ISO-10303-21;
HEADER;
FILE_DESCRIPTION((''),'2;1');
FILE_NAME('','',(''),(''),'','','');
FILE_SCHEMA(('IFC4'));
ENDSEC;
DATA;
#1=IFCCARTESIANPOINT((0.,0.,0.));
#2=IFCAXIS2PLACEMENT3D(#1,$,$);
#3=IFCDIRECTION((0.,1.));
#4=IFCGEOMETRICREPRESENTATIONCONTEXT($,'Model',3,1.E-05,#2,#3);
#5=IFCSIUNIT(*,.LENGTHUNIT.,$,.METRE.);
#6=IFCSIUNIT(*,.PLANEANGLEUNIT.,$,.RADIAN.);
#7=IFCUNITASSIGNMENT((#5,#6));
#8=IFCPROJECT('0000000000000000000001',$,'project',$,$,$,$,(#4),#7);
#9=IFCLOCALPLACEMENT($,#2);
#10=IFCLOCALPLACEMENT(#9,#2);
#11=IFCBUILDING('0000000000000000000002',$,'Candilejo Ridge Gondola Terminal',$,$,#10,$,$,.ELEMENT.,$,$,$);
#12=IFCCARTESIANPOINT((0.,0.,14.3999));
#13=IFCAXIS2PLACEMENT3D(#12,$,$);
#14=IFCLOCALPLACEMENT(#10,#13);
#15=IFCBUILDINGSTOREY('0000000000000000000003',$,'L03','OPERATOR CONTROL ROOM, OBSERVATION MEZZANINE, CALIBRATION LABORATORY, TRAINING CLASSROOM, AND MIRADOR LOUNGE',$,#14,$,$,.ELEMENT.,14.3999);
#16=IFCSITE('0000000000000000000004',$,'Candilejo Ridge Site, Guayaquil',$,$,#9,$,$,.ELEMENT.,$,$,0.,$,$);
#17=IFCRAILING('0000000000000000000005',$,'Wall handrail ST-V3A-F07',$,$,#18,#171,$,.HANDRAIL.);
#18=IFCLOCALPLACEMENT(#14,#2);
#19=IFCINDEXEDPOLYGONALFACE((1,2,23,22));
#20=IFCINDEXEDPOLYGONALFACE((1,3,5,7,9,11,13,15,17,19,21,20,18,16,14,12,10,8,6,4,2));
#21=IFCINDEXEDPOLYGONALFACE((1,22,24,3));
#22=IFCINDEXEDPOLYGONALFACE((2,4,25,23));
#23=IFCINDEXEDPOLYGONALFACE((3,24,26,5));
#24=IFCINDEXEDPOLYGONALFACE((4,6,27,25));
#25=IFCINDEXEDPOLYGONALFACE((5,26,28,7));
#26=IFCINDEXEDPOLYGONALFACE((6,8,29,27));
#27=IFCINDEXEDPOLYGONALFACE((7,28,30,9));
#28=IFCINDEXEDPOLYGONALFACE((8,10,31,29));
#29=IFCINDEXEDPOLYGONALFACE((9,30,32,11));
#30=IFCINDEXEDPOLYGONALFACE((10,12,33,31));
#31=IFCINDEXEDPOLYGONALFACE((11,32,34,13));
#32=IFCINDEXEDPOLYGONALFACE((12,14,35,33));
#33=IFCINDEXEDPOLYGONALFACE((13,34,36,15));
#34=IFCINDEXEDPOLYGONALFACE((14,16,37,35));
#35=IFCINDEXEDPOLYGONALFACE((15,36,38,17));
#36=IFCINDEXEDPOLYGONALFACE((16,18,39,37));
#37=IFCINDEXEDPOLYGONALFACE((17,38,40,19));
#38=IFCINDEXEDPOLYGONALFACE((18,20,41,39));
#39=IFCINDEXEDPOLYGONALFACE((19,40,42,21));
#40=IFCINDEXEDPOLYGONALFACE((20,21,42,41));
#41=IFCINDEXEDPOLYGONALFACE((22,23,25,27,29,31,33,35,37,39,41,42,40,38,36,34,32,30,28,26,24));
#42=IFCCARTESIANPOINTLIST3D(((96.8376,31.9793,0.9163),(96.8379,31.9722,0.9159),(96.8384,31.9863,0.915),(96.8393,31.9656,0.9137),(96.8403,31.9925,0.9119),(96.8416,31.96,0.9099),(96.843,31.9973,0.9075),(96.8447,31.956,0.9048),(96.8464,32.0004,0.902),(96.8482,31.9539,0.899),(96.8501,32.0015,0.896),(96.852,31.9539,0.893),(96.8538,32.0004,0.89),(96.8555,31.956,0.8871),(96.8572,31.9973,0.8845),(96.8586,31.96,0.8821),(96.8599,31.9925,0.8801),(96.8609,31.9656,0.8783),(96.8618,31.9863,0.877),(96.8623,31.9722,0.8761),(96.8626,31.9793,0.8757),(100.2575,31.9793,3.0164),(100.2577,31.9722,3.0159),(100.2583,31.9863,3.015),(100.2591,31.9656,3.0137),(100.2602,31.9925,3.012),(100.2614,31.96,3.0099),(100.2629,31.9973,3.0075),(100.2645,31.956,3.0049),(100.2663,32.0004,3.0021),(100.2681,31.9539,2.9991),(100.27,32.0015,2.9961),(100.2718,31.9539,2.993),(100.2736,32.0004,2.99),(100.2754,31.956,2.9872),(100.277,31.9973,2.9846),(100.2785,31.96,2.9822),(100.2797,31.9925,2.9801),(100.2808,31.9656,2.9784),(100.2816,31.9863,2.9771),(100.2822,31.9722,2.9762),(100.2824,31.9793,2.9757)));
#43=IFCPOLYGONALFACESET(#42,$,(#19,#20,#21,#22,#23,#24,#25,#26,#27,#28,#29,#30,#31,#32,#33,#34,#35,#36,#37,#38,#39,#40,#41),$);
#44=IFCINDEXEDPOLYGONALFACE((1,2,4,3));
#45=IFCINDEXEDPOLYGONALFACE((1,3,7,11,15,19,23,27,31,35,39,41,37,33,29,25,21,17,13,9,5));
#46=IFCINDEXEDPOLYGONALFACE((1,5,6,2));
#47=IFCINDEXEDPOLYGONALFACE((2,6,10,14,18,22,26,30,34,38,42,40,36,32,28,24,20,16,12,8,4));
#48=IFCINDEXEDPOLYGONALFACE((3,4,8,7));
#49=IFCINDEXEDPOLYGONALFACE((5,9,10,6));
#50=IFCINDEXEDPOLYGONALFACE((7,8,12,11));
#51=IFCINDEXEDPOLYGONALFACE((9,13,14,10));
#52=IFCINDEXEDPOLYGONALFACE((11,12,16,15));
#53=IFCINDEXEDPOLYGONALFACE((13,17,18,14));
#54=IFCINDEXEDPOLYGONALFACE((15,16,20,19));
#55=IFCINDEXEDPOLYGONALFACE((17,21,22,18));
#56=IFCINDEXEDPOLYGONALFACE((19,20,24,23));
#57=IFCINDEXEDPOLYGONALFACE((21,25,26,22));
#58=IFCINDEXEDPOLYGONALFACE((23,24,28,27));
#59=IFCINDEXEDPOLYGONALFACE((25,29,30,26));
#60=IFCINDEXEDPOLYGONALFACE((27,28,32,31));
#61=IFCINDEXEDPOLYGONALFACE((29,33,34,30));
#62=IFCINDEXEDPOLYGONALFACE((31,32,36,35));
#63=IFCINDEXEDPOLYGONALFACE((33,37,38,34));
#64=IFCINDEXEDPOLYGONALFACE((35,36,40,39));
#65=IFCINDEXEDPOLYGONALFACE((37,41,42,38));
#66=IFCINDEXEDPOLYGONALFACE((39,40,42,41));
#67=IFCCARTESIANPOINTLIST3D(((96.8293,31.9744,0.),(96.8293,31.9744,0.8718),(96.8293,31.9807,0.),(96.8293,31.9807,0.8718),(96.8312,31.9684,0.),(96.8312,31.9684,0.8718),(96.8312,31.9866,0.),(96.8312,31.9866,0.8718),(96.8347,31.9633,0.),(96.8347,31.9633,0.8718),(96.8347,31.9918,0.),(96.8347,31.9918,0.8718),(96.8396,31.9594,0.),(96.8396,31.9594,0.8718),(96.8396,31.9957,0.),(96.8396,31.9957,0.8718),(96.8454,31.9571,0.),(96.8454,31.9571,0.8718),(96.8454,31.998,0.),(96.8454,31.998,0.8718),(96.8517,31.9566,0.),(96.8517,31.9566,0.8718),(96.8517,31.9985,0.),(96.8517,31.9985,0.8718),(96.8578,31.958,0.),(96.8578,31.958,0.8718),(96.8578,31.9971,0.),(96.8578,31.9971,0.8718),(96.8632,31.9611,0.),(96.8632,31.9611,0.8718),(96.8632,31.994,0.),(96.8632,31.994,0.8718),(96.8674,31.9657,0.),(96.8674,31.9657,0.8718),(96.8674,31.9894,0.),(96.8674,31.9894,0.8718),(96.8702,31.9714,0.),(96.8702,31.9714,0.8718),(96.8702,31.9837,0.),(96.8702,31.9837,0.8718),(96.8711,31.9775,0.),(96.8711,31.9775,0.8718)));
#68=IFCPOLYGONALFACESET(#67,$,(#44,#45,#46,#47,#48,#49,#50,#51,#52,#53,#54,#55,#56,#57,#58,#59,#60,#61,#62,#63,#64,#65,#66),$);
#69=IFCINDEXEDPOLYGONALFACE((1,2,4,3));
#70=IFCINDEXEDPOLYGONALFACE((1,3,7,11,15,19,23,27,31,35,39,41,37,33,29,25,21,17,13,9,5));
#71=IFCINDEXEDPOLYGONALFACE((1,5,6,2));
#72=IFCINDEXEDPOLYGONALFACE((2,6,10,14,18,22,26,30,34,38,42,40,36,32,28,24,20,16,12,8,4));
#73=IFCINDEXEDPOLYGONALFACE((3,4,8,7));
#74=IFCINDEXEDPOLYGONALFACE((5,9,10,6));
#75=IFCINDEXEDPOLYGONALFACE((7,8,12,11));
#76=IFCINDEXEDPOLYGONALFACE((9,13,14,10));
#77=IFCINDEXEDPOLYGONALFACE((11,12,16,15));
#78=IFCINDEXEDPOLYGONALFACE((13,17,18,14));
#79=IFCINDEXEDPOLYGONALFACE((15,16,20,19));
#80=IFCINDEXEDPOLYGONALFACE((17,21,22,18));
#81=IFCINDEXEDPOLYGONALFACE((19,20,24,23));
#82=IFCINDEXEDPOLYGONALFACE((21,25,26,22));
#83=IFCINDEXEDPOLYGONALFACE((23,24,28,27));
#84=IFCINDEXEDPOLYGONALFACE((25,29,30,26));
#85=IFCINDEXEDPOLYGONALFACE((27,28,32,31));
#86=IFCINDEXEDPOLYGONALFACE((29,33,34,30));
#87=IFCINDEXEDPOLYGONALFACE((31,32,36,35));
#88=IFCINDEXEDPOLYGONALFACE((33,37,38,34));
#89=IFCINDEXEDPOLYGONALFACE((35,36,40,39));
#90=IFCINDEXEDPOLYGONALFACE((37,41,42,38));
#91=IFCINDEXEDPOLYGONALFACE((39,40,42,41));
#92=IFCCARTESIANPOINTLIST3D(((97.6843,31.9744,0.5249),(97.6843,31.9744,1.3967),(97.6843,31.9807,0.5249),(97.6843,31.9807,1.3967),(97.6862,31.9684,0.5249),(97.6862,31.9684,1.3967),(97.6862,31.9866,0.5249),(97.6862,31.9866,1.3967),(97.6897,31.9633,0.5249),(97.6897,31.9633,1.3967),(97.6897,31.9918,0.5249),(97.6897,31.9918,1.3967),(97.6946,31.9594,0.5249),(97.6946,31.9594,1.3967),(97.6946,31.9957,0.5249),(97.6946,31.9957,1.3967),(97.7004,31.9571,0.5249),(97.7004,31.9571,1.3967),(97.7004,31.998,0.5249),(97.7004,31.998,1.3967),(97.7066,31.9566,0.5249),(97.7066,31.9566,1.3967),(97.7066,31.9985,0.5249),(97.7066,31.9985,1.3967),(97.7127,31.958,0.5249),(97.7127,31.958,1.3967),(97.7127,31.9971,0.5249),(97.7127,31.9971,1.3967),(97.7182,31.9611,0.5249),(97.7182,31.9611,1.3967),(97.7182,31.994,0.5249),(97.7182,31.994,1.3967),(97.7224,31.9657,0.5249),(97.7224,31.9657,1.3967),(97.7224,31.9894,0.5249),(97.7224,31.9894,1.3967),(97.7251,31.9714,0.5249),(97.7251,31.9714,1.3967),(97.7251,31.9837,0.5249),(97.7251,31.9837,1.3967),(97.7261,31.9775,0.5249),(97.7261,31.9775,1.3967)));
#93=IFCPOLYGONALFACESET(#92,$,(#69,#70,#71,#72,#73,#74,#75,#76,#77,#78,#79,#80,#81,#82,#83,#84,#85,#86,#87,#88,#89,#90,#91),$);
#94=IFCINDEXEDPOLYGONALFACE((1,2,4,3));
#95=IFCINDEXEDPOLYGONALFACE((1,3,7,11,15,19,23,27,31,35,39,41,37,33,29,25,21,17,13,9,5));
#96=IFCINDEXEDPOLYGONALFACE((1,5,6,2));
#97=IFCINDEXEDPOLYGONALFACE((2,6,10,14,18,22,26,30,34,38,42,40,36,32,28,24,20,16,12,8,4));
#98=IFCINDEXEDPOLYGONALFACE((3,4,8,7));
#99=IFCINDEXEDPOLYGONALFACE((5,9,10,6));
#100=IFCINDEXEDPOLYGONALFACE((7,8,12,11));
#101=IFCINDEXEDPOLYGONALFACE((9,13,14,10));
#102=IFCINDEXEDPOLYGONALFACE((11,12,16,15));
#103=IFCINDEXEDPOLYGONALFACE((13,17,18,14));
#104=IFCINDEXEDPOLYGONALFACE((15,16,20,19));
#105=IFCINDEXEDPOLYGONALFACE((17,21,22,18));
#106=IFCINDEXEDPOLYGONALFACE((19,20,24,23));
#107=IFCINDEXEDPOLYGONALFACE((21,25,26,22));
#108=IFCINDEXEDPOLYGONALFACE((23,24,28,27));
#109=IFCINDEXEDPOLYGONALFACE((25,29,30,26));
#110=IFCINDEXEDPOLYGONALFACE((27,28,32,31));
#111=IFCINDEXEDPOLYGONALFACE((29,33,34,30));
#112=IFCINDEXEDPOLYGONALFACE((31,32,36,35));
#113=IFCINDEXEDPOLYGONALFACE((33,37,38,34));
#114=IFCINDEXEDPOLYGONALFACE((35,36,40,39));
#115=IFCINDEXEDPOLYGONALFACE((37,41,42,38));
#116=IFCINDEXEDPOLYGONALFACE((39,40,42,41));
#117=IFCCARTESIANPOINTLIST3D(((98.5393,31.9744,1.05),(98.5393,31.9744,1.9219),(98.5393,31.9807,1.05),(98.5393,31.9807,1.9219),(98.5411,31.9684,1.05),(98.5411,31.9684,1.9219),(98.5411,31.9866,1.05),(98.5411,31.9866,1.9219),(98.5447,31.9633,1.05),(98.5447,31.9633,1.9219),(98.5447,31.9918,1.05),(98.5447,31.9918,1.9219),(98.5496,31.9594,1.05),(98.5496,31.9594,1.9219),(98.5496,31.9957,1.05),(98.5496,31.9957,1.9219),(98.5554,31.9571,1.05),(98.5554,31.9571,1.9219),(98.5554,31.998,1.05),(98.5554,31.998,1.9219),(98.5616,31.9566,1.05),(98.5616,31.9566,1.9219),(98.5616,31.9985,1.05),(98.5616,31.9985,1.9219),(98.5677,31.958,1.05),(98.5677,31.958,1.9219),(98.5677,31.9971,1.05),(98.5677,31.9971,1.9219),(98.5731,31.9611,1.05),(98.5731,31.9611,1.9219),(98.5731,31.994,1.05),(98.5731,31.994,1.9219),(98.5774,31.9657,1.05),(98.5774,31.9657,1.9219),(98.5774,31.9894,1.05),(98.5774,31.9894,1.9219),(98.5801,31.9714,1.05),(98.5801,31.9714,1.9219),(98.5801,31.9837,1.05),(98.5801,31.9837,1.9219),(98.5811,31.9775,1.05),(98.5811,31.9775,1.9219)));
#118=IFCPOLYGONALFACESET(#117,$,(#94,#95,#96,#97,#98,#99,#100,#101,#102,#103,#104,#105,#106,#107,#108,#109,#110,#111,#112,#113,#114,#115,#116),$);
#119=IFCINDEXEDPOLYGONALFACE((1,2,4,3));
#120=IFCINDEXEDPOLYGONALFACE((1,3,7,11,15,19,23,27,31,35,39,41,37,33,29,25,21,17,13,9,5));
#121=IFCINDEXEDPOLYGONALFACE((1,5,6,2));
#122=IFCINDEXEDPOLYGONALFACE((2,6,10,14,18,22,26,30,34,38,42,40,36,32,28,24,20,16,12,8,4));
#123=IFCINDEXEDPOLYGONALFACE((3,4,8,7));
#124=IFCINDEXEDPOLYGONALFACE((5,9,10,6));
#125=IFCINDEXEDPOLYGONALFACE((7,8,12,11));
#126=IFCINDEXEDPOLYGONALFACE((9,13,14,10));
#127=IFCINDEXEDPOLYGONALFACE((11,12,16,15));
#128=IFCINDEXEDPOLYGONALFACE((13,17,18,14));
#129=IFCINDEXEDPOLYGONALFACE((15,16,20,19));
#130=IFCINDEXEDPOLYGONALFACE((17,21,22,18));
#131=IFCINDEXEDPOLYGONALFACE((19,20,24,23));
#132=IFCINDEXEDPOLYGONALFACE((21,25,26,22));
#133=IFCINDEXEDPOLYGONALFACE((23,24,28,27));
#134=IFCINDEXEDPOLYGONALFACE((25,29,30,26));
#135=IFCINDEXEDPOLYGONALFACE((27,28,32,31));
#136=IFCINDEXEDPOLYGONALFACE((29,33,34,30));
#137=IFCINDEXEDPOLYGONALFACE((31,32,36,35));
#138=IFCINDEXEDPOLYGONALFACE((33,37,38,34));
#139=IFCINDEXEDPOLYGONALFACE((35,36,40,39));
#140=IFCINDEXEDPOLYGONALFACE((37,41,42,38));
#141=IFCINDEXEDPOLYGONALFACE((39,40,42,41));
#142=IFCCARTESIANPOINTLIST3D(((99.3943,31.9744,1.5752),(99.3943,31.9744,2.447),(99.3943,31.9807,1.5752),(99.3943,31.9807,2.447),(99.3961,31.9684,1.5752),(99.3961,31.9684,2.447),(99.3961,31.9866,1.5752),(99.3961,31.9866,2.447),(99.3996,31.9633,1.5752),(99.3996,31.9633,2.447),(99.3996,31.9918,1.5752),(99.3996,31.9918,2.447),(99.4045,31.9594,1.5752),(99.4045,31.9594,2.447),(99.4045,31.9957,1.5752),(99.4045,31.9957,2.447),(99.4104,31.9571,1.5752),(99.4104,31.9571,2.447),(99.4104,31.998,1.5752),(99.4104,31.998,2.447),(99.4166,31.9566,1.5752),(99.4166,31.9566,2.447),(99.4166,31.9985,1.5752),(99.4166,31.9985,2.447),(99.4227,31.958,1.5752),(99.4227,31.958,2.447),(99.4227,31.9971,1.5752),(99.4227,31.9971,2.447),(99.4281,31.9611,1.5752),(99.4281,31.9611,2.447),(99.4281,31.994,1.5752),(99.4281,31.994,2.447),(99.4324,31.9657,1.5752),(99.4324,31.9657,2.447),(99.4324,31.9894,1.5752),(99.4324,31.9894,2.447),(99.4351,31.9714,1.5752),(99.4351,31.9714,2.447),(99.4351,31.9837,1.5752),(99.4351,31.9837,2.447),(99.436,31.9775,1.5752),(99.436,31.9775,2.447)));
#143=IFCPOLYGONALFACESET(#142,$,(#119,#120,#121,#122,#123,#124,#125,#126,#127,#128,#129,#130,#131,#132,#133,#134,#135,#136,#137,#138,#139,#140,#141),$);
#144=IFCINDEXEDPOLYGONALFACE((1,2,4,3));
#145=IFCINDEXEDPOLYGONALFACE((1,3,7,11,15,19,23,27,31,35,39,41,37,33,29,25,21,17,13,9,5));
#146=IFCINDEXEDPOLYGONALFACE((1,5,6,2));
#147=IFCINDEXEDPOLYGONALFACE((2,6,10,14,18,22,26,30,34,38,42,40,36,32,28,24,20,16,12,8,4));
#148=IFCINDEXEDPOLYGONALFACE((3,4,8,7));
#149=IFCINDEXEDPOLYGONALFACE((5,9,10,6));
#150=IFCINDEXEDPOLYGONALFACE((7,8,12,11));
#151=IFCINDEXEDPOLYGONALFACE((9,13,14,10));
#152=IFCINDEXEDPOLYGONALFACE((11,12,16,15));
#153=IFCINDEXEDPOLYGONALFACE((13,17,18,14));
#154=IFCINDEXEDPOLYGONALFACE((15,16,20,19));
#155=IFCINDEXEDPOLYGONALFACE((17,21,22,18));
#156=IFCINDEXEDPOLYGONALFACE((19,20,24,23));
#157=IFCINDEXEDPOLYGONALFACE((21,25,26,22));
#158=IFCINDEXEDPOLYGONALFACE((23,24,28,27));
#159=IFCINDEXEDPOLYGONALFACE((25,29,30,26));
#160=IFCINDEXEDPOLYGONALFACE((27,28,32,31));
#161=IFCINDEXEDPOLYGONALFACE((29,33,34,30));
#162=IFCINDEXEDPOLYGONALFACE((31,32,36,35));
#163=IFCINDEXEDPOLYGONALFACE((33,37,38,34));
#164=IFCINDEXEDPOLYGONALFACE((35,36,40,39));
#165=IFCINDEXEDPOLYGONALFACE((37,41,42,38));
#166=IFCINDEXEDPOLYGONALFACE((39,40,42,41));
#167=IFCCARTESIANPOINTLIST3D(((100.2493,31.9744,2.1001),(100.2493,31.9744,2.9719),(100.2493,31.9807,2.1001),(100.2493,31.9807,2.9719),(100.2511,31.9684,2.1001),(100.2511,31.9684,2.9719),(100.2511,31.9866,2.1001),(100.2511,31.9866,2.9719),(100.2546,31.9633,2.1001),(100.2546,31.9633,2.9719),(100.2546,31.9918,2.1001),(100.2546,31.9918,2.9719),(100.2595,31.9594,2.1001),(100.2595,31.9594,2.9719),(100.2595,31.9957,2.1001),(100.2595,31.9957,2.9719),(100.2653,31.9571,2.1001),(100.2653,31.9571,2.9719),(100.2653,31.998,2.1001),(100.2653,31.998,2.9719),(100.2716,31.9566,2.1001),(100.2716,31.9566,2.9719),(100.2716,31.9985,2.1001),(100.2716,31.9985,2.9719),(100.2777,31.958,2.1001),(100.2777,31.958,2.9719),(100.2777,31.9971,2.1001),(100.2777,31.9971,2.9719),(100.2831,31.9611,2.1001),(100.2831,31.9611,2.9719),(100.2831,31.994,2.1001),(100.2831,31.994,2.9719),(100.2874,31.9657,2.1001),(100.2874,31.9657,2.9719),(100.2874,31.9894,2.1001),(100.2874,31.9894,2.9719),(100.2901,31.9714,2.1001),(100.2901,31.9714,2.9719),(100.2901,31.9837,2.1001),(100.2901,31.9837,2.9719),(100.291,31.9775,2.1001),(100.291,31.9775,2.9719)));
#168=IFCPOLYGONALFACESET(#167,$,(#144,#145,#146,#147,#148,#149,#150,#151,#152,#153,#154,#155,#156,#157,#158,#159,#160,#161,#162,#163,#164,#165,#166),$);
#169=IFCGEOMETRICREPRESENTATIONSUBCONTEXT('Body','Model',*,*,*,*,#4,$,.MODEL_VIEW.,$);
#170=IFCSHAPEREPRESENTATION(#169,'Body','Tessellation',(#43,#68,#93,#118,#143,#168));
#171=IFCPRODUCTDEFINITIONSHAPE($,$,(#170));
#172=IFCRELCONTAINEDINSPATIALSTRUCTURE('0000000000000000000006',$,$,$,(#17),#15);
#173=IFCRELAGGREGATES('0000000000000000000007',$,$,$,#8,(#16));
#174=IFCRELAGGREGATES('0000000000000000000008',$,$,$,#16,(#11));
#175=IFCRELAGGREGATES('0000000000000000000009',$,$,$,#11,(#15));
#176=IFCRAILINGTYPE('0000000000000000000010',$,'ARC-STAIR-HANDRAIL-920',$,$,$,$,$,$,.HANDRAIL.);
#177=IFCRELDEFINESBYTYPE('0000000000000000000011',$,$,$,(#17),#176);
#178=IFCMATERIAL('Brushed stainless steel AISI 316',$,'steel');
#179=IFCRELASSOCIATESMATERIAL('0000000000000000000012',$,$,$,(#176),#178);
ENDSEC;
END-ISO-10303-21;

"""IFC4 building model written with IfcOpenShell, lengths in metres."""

from ifc_helpers import new_model, si_unit, direction, frame, origin, origin_2d, place, context, subcontext, project, spatial, circle, extrude, material, type_object, element, save


model = new_model("IFC4")

# Units and contexts
model_context = context("Model", 3, precision=1e-05, world=origin(), true_north=direction((0.0, 1.0)))
body_context = subcontext(model_context, "Body", "Model", "MODEL_VIEW")
ifc_project = project(units=[si_unit("LENGTHUNIT", "METRE"), si_unit("PLANEANGLEUNIT", "RADIAN")], contexts=[model_context])

# Site, building, storey
site_placement = place(None, origin())
site = spatial("IfcSite", under=ifc_project, at=site_placement, Name="Candilejo Ridge Site, Guayaquil", CompositionType="ELEMENT", RefElevation=0.0)
building_placement = place(site_placement, origin())
building = spatial("IfcBuilding", under=site, at=building_placement, Name="Candilejo Ridge Gondola Terminal", CompositionType="ELEMENT")
storey_placement = place(building_placement, frame((0.0, 0.0, 14.3999)))
storey = spatial("IfcBuildingStorey", under=building, at=storey_placement, Name="L03", Description="OPERATOR CONTROL ROOM, OBSERVATION MEZZANINE, CALIBRATION LABORATORY, TRAINING CLASSROOM, AND MIRADOR LOUNGE", CompositionType="ELEMENT", Elevation=14.3999)

# Railing
ifc_material_1 = material(Name="Brushed stainless steel AISI 316", Category="steel")
railing_type_1 = type_object("IfcRailingType", Name="ARC-STAIR-HANDRAIL-920", PredefinedType="HANDRAIL", material=ifc_material_1)
railing_1_placement = place(storey_placement, frame((96.8501, 31.9775, 0.0)))
element("IfcRailing", 1, at=railing_1_placement, inside=storey, type_object=railing_type_1, Name="Wall handrail ST-V3A-F07", PredefinedType="HANDRAIL", context=body_context, shape_type="SweptSolid", body=[
    extrude(circle(Radius=0.0239, at=origin_2d()), frame((0.0, 0.0, 0.896), z_axis=(0.852155, 0.0, 0.523289), x_axis=(0.0, 1.0, 0.0)), (0.0, 0.0, 1.0), 4.0132),
    extrude(circle(Radius=0.021, at=origin_2d()), origin(), (0.0, 0.0, 1.0), 0.8718),
    extrude(circle(Radius=0.021, at=origin_2d()), frame((0.855, 0.0, 0.5249)), (0.0, 0.0, 1.0), 0.8718),
    extrude(circle(Radius=0.021, at=origin_2d()), frame((1.71, 0.0, 1.05)), (0.0, 0.0, 1.0), 0.8718),
    extrude(circle(Radius=0.021, at=origin_2d()), frame((2.5649, 0.0, 1.5752)), (0.0, 0.0, 1.0), 0.8718),
    extrude(circle(Radius=0.021, at=origin_2d()), frame((3.4199, 0.0, 2.1001)), (0.0, 0.0, 1.0), 0.8718),
])

save(model, "model.ifc")
